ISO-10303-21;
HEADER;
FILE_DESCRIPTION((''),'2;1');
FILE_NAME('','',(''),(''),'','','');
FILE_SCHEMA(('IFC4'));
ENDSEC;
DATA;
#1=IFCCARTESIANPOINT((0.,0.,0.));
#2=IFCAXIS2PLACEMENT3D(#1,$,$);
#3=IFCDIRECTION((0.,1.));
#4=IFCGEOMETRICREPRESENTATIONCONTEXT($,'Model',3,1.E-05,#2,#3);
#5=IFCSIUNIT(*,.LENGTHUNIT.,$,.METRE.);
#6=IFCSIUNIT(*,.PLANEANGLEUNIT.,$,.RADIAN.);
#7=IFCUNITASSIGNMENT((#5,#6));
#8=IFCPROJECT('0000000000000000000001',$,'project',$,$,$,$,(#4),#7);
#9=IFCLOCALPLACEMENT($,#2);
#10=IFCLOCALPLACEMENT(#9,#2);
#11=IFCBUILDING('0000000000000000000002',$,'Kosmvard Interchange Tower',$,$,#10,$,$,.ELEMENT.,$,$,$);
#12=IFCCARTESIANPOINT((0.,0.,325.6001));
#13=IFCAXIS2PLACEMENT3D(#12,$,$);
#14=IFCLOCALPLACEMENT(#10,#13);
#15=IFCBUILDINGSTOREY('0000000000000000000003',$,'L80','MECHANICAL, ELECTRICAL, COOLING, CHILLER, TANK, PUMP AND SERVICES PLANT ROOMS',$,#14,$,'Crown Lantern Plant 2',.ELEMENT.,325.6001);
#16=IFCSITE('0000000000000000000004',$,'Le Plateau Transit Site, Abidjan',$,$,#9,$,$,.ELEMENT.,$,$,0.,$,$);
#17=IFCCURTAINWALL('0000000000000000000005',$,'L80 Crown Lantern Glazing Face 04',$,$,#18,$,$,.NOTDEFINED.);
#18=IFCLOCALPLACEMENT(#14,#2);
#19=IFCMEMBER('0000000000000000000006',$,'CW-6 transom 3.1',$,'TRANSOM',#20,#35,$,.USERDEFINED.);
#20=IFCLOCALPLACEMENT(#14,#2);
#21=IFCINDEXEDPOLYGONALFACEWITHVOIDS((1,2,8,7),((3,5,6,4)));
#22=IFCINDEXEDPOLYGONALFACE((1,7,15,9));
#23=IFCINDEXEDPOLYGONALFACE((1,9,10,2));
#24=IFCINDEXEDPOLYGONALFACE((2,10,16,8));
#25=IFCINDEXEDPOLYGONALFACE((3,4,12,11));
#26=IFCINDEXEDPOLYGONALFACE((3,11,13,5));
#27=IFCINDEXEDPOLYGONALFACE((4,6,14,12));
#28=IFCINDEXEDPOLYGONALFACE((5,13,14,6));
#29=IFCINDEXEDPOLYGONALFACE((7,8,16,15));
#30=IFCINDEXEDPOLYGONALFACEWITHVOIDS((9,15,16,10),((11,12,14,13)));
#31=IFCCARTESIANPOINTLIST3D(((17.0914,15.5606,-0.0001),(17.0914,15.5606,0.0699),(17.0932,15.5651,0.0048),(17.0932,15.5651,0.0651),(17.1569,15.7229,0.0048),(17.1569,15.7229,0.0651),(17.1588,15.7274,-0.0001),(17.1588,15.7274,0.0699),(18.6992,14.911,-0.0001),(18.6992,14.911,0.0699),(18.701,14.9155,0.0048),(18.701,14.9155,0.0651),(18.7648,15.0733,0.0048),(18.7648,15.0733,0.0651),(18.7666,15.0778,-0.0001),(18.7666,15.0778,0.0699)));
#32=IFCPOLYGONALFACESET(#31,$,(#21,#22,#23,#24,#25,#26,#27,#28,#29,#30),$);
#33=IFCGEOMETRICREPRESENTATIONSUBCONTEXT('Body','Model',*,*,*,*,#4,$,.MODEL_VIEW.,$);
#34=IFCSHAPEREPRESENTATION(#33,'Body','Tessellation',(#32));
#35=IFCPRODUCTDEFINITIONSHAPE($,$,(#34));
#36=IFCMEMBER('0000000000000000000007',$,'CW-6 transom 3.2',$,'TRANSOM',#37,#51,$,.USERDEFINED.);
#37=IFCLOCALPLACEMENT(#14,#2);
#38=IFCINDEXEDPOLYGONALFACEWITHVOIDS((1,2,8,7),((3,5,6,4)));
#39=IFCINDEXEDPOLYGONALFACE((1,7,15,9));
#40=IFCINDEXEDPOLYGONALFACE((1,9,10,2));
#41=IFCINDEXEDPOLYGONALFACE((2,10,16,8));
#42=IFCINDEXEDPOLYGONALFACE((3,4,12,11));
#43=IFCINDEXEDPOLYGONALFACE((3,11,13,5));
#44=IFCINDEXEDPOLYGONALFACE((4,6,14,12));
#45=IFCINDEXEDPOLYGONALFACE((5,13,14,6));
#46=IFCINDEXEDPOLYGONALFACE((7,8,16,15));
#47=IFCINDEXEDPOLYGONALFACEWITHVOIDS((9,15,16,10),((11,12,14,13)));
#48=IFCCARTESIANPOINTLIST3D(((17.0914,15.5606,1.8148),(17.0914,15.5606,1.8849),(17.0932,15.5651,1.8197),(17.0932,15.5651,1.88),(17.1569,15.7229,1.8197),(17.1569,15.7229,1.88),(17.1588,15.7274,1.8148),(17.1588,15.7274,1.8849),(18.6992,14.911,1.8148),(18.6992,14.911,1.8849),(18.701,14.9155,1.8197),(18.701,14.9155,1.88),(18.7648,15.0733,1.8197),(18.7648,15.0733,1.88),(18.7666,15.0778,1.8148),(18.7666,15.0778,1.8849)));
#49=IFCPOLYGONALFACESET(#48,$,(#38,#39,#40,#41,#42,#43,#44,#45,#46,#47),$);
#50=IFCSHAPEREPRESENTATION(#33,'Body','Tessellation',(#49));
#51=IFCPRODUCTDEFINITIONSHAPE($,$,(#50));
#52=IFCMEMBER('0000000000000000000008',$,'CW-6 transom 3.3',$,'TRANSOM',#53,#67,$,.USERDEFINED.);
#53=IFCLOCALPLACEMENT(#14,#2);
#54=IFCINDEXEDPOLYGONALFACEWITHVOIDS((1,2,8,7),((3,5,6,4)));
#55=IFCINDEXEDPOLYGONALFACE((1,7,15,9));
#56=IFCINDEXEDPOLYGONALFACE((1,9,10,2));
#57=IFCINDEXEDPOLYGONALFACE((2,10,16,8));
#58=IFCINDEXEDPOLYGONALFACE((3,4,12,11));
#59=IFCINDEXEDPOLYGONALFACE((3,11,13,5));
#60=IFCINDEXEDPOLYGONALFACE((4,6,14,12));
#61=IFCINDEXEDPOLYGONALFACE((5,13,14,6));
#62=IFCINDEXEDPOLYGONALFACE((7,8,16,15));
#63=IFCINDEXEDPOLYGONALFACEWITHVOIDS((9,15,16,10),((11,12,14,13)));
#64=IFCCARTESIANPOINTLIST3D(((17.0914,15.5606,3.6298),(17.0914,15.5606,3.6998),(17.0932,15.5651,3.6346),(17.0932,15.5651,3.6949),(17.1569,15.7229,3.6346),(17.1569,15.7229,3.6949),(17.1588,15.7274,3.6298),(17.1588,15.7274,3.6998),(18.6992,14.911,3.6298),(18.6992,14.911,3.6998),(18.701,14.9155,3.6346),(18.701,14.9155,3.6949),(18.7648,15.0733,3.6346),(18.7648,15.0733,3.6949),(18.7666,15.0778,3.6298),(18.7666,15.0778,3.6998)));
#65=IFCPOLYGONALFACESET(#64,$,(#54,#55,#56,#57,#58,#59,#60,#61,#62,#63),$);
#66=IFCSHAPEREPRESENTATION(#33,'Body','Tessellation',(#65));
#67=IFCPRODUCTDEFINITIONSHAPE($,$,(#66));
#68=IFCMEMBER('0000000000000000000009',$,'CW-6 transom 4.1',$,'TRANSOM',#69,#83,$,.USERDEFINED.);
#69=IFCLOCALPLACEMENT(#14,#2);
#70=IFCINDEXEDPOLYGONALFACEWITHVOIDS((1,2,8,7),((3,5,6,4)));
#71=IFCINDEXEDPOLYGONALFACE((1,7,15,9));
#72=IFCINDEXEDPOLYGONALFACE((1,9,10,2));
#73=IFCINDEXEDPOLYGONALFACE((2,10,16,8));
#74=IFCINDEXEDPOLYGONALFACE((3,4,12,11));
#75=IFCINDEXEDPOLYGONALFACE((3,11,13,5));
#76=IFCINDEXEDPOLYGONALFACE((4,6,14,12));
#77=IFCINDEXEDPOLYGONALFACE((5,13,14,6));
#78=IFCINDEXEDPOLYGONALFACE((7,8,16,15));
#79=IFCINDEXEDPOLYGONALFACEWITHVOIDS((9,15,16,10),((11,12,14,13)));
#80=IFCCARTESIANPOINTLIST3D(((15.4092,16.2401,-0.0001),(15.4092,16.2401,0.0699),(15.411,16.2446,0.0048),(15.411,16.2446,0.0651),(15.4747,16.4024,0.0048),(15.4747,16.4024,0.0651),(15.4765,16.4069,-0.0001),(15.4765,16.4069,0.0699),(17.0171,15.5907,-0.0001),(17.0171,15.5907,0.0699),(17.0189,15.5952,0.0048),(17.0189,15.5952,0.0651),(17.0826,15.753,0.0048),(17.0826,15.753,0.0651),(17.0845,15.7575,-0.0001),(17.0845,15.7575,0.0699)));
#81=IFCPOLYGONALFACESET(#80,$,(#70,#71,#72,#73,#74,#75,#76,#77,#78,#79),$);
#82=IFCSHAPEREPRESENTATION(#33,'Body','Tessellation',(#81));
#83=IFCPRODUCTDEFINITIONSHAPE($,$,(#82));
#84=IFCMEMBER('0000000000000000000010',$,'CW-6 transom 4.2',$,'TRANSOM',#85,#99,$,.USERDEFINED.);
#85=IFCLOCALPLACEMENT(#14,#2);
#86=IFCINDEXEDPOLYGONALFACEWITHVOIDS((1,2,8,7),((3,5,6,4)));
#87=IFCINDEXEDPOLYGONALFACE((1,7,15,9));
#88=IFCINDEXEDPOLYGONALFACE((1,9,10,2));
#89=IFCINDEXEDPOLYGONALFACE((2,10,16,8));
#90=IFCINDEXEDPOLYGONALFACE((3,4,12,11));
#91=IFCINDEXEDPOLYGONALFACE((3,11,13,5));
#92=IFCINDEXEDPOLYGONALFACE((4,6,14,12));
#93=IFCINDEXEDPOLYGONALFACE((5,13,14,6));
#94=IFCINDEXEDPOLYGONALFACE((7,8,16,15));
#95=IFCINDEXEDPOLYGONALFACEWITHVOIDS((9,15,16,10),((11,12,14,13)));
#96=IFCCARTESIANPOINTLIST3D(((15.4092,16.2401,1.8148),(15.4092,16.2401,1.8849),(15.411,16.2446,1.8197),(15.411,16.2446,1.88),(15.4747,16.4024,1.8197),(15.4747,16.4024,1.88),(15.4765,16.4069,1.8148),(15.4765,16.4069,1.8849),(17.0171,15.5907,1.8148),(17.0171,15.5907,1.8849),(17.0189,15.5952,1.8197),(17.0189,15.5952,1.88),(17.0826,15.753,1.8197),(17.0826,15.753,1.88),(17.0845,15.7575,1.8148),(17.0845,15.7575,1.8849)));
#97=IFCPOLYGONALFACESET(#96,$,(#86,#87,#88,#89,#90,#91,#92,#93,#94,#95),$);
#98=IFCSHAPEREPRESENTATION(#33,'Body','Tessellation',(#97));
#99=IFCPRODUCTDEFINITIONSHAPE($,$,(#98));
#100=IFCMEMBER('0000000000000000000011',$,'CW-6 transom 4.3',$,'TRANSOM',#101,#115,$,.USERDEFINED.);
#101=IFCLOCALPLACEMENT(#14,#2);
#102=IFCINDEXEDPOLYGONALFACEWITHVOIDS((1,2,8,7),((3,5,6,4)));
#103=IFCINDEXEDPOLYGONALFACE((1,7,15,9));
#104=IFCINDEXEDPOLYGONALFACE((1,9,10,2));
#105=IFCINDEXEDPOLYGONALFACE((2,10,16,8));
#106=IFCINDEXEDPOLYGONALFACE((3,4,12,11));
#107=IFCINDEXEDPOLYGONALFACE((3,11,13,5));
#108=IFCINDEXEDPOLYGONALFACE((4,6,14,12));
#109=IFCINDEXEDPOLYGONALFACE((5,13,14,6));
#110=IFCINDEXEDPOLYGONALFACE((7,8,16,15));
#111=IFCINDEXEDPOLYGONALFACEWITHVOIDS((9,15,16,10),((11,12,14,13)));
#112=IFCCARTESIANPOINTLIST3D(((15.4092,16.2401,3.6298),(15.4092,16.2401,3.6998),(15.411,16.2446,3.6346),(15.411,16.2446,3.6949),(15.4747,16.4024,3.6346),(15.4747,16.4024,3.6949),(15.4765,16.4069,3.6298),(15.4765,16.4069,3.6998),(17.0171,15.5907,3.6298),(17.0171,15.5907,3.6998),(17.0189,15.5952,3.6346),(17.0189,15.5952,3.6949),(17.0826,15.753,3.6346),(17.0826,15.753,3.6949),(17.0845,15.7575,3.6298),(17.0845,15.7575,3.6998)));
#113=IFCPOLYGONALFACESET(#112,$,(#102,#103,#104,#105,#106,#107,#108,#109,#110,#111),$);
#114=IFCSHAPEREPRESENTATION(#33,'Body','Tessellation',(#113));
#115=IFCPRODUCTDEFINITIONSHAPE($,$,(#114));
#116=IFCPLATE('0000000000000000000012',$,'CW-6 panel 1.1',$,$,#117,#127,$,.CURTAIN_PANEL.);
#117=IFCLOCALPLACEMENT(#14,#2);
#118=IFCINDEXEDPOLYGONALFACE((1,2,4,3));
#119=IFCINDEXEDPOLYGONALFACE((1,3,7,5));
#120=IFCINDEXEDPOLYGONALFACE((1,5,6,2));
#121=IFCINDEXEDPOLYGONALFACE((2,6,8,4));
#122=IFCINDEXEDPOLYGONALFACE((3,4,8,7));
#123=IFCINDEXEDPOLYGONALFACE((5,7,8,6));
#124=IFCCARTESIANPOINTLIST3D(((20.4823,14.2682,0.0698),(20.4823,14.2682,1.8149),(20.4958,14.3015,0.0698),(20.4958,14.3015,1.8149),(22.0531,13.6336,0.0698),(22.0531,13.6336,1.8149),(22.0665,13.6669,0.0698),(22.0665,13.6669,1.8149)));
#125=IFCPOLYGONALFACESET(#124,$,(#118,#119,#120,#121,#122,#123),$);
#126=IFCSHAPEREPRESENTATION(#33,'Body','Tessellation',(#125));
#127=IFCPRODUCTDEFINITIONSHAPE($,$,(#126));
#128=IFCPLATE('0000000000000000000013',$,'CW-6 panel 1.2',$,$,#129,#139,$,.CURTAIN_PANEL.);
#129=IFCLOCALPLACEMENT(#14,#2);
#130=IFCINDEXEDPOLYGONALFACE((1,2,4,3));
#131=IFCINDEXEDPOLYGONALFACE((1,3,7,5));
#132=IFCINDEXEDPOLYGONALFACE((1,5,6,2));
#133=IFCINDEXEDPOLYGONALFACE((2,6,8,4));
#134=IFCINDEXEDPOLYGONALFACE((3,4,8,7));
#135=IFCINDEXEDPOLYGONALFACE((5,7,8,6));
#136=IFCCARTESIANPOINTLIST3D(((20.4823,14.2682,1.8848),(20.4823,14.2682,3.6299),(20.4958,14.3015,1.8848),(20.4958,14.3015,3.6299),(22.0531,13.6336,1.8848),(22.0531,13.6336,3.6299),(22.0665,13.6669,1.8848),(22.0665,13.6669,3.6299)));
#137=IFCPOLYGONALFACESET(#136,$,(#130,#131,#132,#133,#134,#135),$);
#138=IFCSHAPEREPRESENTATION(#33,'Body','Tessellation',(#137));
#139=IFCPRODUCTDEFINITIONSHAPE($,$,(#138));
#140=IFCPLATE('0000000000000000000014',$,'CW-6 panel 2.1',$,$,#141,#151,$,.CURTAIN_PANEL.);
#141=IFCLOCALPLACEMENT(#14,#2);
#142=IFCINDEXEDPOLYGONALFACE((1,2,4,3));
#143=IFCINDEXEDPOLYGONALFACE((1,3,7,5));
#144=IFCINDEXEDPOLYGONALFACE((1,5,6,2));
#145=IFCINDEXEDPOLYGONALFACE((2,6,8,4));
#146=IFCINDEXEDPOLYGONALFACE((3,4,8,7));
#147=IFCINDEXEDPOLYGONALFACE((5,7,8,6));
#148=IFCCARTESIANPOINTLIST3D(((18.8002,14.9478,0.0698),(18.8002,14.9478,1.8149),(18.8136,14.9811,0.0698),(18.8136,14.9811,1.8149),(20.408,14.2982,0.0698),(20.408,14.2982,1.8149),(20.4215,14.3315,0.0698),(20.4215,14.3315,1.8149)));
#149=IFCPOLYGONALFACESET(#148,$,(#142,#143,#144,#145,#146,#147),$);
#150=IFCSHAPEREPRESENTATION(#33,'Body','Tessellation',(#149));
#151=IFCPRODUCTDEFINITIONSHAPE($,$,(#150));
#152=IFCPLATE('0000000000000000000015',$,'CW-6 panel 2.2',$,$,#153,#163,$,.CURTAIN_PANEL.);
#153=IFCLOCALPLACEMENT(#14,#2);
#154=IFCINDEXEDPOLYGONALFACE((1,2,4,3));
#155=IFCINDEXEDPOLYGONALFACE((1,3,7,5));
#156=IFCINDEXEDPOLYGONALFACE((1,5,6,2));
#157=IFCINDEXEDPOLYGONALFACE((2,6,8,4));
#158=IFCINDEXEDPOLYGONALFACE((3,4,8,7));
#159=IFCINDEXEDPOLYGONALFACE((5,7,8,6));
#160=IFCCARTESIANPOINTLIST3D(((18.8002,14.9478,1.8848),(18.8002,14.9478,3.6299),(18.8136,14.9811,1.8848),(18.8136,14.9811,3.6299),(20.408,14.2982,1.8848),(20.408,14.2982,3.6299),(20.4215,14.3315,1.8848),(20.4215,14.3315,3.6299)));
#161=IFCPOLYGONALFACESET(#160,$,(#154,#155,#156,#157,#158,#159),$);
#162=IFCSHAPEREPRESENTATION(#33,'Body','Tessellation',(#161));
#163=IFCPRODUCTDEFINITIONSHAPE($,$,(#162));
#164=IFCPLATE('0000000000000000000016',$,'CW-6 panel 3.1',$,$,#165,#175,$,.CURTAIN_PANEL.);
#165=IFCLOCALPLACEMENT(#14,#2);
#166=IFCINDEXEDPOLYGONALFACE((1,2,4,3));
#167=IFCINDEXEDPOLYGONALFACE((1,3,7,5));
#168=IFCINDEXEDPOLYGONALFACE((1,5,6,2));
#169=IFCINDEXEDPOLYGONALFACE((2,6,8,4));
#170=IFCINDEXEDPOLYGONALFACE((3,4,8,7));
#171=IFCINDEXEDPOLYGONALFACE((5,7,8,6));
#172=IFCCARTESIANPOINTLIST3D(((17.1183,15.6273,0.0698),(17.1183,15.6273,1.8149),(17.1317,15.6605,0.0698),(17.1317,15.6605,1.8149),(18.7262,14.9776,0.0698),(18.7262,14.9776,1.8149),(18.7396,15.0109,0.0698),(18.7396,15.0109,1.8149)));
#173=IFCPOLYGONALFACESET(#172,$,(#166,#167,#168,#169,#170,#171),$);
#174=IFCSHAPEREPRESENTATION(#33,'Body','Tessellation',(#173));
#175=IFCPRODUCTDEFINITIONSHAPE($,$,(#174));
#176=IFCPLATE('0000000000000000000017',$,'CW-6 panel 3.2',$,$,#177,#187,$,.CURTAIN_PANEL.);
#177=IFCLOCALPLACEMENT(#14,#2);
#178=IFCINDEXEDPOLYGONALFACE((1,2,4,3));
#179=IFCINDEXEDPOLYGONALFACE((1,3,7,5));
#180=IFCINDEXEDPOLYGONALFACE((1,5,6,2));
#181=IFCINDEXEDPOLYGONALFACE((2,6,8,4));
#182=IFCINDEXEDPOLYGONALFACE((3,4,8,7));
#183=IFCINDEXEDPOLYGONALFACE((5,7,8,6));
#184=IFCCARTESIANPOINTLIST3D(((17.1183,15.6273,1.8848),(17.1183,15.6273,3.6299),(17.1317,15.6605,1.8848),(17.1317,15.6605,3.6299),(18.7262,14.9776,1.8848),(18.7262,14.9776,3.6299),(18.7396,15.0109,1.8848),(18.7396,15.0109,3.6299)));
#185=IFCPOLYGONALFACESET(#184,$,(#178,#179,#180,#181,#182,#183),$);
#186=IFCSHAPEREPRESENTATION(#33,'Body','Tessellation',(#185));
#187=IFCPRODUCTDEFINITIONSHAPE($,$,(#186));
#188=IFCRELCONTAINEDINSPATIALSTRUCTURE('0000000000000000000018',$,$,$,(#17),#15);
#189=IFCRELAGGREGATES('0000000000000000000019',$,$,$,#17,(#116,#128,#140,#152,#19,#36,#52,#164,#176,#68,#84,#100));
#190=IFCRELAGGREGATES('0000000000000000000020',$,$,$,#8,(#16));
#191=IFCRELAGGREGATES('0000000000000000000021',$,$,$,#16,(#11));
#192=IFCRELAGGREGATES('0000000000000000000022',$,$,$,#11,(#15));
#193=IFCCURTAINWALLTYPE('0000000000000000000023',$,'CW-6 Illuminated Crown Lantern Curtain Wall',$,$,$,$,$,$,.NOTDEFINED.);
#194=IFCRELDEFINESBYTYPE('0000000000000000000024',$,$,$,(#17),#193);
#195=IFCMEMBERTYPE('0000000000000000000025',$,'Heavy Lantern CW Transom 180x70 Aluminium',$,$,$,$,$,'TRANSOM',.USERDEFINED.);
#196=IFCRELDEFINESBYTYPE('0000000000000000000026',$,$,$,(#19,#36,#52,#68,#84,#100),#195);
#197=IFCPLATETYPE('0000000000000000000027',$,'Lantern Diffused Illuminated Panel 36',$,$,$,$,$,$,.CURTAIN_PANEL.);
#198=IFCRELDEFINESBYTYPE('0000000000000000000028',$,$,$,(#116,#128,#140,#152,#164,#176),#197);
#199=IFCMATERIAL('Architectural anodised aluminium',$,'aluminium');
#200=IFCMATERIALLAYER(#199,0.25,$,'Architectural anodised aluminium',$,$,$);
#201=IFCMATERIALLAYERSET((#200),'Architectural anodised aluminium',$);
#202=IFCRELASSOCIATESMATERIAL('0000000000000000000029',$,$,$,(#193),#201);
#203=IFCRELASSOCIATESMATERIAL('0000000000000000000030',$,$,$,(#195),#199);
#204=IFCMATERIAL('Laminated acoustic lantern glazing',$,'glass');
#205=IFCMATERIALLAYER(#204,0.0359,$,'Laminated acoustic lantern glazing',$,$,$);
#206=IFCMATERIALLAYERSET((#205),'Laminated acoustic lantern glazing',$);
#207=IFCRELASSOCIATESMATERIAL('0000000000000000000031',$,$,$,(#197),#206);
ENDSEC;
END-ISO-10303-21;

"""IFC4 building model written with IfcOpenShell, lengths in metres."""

from ifc_helpers import new_model, si_unit, direction, frame, origin, origin_2d, place, context, subcontext, project, spatial, rectangle, hollow_rectangle, extrude, source, transform, mapped, material, layer, layer_set, material_profile, profile_set, type_object, element, aggregate, save


model = new_model("IFC4")

# Units and contexts
model_context = context("Model", 3, precision=1e-05, world=origin(), true_north=direction((0.0, 1.0)))
body_context = subcontext(model_context, "Body", "Model", "MODEL_VIEW")
ifc_project = project(units=[si_unit("LENGTHUNIT", "METRE"), si_unit("PLANEANGLEUNIT", "RADIAN")], contexts=[model_context])

# Site, building, storey
site_placement = place(None, origin())
site = spatial("IfcSite", under=ifc_project, at=site_placement, Name="Le Plateau Transit Site, Abidjan", CompositionType="ELEMENT", RefElevation=0.0)
building_placement = place(site_placement, origin())
building = spatial("IfcBuilding", under=site, at=building_placement, Name="Kosmvard Interchange Tower", CompositionType="ELEMENT")
storey_placement = place(building_placement, frame((0.0, 0.0, 325.6001)))
storey = spatial("IfcBuildingStorey", under=building, at=storey_placement, Name="L80", Description="MECHANICAL, ELECTRICAL, COOLING, CHILLER, TANK, PUMP AND SERVICES PLANT ROOMS", LongName="Crown Lantern Plant 2", CompositionType="ELEMENT", Elevation=325.6001)

# Shared definitions
ifc_material_1 = material(Name="Architectural anodised aluminium", Category="aluminium")
ifc_layer_1 = layer(ifc_material_1, 0.25, Name="Architectural anodised aluminium")
ifc_layer_set_1 = layer_set([ifc_layer_1], Name="Architectural anodised aluminium")
curtain_wall_type = type_object("IfcCurtainWallType", Name="CW-6 Illuminated Crown Lantern Curtain Wall", PredefinedType="NOTDEFINED", material=ifc_layer_set_1)

# Curtain wall, members, plates
curtain_wall_1_placement = place(storey_placement, origin())
curtain_wall_1 = element("IfcCurtainWall", 1, at=curtain_wall_1_placement, inside=storey, type_object=curtain_wall_type, Name="L80 Crown Lantern Glazing Face 04", PredefinedType="NOTDEFINED")
ifc_material_profile_1 = material_profile(ifc_material_1, hollow_rectangle(XDim=0.1799, YDim=0.0701, WallThickness=0.0049, at=origin_2d()), Name="CWT 180x70x5")
ifc_profile_set_1 = profile_set([ifc_material_profile_1], Name="Architectural anodised aluminium")
member_type_1 = type_object("IfcMemberType", Name="Heavy Lantern CW Transom 180x70 Aluminium", ElementType="TRANSOM", PredefinedType="USERDEFINED", material=ifc_profile_set_1)
shared_shape_1 = source(origin(), body_context, "Body", "SweptSolid", [
    extrude(hollow_rectangle(XDim=0.1799, YDim=0.0701, WallThickness=0.0049, at=origin_2d()), origin(), (0.0, 0.0, 1.0), 1.7341),
])
member_1_placement = place(storey_placement, frame((18.7329, 14.9944, 0.0349), z_axis=(-0.92718, 0.374617, 0.0), x_axis=(-0.374617, -0.92718, 0.0)))
member_1 = element("IfcMember", 2, at=member_1_placement, type_object=member_type_1, Name="CW-6 transom 3.1", ObjectType="TRANSOM", PredefinedType="USERDEFINED", context=body_context, shape_type="MappedRepresentation", body=[
    mapped(shared_shape_1, transform((0.0, 0.0, 0.0), scale=1.0)),
])
member_2_placement = place(storey_placement, frame((18.7329, 14.9944, 1.8499), z_axis=(-0.92718, 0.374617, 0.0), x_axis=(-0.374617, -0.92718, 0.0)))
member_2 = element("IfcMember", 3, at=member_2_placement, type_object=member_type_1, Name="CW-6 transom 3.2", ObjectType="TRANSOM", PredefinedType="USERDEFINED", context=body_context, shape_type="MappedRepresentation", body=[
    mapped(shared_shape_1, transform((0.0, 0.0, 0.0), scale=1.0)),
])
member_3_placement = place(storey_placement, frame((18.7329, 14.9944, 3.6648), z_axis=(-0.92718, 0.374617, 0.0), x_axis=(-0.374617, -0.92718, 0.0)))
member_3 = element("IfcMember", 4, at=member_3_placement, type_object=member_type_1, Name="CW-6 transom 3.3", ObjectType="TRANSOM", PredefinedType="USERDEFINED", context=body_context, shape_type="MappedRepresentation", body=[
    mapped(shared_shape_1, transform((0.0, 0.0, 0.0), scale=1.0)),
])
member_4_placement = place(storey_placement, frame((17.0508, 15.6741, 0.0349), z_axis=(-0.927229, 0.374496, 0.0), x_axis=(-0.374496, -0.927229, 0.0)))
member_4 = element("IfcMember", 5, at=member_4_placement, type_object=member_type_1, Name="CW-6 transom 4.1", ObjectType="TRANSOM", PredefinedType="USERDEFINED", context=body_context, shape_type="MappedRepresentation", body=[
    mapped(shared_shape_1, transform((0.0, 0.0, 0.0), scale=1.0)),
])
member_5_placement = place(storey_placement, frame((17.0508, 15.6741, 1.8499), z_axis=(-0.927229, 0.374496, 0.0), x_axis=(-0.374496, -0.927229, 0.0)))
member_5 = element("IfcMember", 6, at=member_5_placement, type_object=member_type_1, Name="CW-6 transom 4.2", ObjectType="TRANSOM", PredefinedType="USERDEFINED", context=body_context, shape_type="MappedRepresentation", body=[
    mapped(shared_shape_1, transform((0.0, 0.0, 0.0), scale=1.0)),
])
member_6_placement = place(storey_placement, frame((17.0508, 15.6741, 3.6648), z_axis=(-0.927229, 0.374496, 0.0), x_axis=(-0.374496, -0.927229, 0.0)))
member_6 = element("IfcMember", 7, at=member_6_placement, type_object=member_type_1, Name="CW-6 transom 4.3", ObjectType="TRANSOM", PredefinedType="USERDEFINED", context=body_context, shape_type="MappedRepresentation", body=[
    mapped(shared_shape_1, transform((0.0, 0.0, 0.0), scale=1.0)),
])
ifc_material_2 = material(Name="Laminated acoustic lantern glazing", Category="glass")
ifc_layer_2 = layer(ifc_material_2, 0.0359, Name="Laminated acoustic lantern glazing")
ifc_layer_set_2 = layer_set([ifc_layer_2], Name="Laminated acoustic lantern glazing")
plate_type = type_object("IfcPlateType", Name="Lantern Diffused Illuminated Panel 36", PredefinedType="CURTAIN_PANEL", material=ifc_layer_set_2)
shared_shape_2 = source(origin(), body_context, "Body", "SweptSolid", [
    extrude(rectangle(XDim=1.6941, YDim=0.0359, at=origin_2d()), origin(), (0.0, 0.0, 1.0), 1.7451),
])
plate_1_placement = place(storey_placement, frame((21.2744, 13.9675, 0.0698), z_axis=(0.0, 0.0, 1.0), x_axis=(-0.927184, 0.374607, 0.0)))
plate_1 = element("IfcPlate", 8, at=plate_1_placement, type_object=plate_type, Name="CW-6 panel 1.1", PredefinedType="CURTAIN_PANEL", context=body_context, shape_type="MappedRepresentation", body=[
    mapped(shared_shape_2, transform((0.0, 0.0, 0.0), scale=1.0)),
])
plate_2_placement = place(storey_placement, frame((21.2744, 13.9675, 1.8848), z_axis=(0.0, 0.0, 1.0), x_axis=(-0.927184, 0.374607, 0.0)))
plate_2 = element("IfcPlate", 9, at=plate_2_placement, type_object=plate_type, Name="CW-6 panel 1.2", PredefinedType="CURTAIN_PANEL", context=body_context, shape_type="MappedRepresentation", body=[
    mapped(shared_shape_2, transform((0.0, 0.0, 0.0), scale=1.0)),
])
shared_shape_3 = source(origin(), body_context, "Body", "SweptSolid", [
    extrude(rectangle(XDim=1.7341, YDim=0.0359, at=origin_2d()), origin(), (0.0, 0.0, 1.0), 1.7451),
])
plate_3_placement = place(storey_placement, frame((19.6108, 14.6396, 0.0698), z_axis=(0.0, 0.0, 1.0), x_axis=(-0.927184, 0.374607, 0.0)))
plate_3 = element("IfcPlate", 10, at=plate_3_placement, type_object=plate_type, Name="CW-6 panel 2.1", PredefinedType="CURTAIN_PANEL", context=body_context, shape_type="MappedRepresentation", body=[
    mapped(shared_shape_3, transform((0.0, 0.0, 0.0), scale=1.0)),
])
plate_4_placement = place(storey_placement, frame((19.6108, 14.6396, 1.8848), z_axis=(0.0, 0.0, 1.0), x_axis=(-0.927184, 0.374607, 0.0)))
plate_4 = element("IfcPlate", 11, at=plate_4_placement, type_object=plate_type, Name="CW-6 panel 2.2", PredefinedType="CURTAIN_PANEL", context=body_context, shape_type="MappedRepresentation", body=[
    mapped(shared_shape_3, transform((0.0, 0.0, 0.0), scale=1.0)),
])
plate_5_placement = place(storey_placement, frame((17.929, 15.3191, 0.0698), z_axis=(0.0, 0.0, 1.0), x_axis=(-0.927184, 0.374607, 0.0)))
plate_5 = element("IfcPlate", 12, at=plate_5_placement, type_object=plate_type, Name="CW-6 panel 3.1", PredefinedType="CURTAIN_PANEL", context=body_context, shape_type="MappedRepresentation", body=[
    mapped(shared_shape_3, transform((0.0, 0.0, 0.0), scale=1.0)),
])
plate_6_placement = place(storey_placement, frame((17.929, 15.3191, 1.8848), z_axis=(0.0, 0.0, 1.0), x_axis=(-0.927184, 0.374607, 0.0)))
plate_6 = element("IfcPlate", 13, at=plate_6_placement, type_object=plate_type, Name="CW-6 panel 3.2", PredefinedType="CURTAIN_PANEL", context=body_context, shape_type="MappedRepresentation", body=[
    mapped(shared_shape_3, transform((0.0, 0.0, 0.0), scale=1.0)),
])
aggregate(curtain_wall_1, [plate_1, plate_2, plate_3, plate_4, member_1, member_2, member_3, plate_5, plate_6, member_4, member_5, member_6])

save(model, "model.ifc")
